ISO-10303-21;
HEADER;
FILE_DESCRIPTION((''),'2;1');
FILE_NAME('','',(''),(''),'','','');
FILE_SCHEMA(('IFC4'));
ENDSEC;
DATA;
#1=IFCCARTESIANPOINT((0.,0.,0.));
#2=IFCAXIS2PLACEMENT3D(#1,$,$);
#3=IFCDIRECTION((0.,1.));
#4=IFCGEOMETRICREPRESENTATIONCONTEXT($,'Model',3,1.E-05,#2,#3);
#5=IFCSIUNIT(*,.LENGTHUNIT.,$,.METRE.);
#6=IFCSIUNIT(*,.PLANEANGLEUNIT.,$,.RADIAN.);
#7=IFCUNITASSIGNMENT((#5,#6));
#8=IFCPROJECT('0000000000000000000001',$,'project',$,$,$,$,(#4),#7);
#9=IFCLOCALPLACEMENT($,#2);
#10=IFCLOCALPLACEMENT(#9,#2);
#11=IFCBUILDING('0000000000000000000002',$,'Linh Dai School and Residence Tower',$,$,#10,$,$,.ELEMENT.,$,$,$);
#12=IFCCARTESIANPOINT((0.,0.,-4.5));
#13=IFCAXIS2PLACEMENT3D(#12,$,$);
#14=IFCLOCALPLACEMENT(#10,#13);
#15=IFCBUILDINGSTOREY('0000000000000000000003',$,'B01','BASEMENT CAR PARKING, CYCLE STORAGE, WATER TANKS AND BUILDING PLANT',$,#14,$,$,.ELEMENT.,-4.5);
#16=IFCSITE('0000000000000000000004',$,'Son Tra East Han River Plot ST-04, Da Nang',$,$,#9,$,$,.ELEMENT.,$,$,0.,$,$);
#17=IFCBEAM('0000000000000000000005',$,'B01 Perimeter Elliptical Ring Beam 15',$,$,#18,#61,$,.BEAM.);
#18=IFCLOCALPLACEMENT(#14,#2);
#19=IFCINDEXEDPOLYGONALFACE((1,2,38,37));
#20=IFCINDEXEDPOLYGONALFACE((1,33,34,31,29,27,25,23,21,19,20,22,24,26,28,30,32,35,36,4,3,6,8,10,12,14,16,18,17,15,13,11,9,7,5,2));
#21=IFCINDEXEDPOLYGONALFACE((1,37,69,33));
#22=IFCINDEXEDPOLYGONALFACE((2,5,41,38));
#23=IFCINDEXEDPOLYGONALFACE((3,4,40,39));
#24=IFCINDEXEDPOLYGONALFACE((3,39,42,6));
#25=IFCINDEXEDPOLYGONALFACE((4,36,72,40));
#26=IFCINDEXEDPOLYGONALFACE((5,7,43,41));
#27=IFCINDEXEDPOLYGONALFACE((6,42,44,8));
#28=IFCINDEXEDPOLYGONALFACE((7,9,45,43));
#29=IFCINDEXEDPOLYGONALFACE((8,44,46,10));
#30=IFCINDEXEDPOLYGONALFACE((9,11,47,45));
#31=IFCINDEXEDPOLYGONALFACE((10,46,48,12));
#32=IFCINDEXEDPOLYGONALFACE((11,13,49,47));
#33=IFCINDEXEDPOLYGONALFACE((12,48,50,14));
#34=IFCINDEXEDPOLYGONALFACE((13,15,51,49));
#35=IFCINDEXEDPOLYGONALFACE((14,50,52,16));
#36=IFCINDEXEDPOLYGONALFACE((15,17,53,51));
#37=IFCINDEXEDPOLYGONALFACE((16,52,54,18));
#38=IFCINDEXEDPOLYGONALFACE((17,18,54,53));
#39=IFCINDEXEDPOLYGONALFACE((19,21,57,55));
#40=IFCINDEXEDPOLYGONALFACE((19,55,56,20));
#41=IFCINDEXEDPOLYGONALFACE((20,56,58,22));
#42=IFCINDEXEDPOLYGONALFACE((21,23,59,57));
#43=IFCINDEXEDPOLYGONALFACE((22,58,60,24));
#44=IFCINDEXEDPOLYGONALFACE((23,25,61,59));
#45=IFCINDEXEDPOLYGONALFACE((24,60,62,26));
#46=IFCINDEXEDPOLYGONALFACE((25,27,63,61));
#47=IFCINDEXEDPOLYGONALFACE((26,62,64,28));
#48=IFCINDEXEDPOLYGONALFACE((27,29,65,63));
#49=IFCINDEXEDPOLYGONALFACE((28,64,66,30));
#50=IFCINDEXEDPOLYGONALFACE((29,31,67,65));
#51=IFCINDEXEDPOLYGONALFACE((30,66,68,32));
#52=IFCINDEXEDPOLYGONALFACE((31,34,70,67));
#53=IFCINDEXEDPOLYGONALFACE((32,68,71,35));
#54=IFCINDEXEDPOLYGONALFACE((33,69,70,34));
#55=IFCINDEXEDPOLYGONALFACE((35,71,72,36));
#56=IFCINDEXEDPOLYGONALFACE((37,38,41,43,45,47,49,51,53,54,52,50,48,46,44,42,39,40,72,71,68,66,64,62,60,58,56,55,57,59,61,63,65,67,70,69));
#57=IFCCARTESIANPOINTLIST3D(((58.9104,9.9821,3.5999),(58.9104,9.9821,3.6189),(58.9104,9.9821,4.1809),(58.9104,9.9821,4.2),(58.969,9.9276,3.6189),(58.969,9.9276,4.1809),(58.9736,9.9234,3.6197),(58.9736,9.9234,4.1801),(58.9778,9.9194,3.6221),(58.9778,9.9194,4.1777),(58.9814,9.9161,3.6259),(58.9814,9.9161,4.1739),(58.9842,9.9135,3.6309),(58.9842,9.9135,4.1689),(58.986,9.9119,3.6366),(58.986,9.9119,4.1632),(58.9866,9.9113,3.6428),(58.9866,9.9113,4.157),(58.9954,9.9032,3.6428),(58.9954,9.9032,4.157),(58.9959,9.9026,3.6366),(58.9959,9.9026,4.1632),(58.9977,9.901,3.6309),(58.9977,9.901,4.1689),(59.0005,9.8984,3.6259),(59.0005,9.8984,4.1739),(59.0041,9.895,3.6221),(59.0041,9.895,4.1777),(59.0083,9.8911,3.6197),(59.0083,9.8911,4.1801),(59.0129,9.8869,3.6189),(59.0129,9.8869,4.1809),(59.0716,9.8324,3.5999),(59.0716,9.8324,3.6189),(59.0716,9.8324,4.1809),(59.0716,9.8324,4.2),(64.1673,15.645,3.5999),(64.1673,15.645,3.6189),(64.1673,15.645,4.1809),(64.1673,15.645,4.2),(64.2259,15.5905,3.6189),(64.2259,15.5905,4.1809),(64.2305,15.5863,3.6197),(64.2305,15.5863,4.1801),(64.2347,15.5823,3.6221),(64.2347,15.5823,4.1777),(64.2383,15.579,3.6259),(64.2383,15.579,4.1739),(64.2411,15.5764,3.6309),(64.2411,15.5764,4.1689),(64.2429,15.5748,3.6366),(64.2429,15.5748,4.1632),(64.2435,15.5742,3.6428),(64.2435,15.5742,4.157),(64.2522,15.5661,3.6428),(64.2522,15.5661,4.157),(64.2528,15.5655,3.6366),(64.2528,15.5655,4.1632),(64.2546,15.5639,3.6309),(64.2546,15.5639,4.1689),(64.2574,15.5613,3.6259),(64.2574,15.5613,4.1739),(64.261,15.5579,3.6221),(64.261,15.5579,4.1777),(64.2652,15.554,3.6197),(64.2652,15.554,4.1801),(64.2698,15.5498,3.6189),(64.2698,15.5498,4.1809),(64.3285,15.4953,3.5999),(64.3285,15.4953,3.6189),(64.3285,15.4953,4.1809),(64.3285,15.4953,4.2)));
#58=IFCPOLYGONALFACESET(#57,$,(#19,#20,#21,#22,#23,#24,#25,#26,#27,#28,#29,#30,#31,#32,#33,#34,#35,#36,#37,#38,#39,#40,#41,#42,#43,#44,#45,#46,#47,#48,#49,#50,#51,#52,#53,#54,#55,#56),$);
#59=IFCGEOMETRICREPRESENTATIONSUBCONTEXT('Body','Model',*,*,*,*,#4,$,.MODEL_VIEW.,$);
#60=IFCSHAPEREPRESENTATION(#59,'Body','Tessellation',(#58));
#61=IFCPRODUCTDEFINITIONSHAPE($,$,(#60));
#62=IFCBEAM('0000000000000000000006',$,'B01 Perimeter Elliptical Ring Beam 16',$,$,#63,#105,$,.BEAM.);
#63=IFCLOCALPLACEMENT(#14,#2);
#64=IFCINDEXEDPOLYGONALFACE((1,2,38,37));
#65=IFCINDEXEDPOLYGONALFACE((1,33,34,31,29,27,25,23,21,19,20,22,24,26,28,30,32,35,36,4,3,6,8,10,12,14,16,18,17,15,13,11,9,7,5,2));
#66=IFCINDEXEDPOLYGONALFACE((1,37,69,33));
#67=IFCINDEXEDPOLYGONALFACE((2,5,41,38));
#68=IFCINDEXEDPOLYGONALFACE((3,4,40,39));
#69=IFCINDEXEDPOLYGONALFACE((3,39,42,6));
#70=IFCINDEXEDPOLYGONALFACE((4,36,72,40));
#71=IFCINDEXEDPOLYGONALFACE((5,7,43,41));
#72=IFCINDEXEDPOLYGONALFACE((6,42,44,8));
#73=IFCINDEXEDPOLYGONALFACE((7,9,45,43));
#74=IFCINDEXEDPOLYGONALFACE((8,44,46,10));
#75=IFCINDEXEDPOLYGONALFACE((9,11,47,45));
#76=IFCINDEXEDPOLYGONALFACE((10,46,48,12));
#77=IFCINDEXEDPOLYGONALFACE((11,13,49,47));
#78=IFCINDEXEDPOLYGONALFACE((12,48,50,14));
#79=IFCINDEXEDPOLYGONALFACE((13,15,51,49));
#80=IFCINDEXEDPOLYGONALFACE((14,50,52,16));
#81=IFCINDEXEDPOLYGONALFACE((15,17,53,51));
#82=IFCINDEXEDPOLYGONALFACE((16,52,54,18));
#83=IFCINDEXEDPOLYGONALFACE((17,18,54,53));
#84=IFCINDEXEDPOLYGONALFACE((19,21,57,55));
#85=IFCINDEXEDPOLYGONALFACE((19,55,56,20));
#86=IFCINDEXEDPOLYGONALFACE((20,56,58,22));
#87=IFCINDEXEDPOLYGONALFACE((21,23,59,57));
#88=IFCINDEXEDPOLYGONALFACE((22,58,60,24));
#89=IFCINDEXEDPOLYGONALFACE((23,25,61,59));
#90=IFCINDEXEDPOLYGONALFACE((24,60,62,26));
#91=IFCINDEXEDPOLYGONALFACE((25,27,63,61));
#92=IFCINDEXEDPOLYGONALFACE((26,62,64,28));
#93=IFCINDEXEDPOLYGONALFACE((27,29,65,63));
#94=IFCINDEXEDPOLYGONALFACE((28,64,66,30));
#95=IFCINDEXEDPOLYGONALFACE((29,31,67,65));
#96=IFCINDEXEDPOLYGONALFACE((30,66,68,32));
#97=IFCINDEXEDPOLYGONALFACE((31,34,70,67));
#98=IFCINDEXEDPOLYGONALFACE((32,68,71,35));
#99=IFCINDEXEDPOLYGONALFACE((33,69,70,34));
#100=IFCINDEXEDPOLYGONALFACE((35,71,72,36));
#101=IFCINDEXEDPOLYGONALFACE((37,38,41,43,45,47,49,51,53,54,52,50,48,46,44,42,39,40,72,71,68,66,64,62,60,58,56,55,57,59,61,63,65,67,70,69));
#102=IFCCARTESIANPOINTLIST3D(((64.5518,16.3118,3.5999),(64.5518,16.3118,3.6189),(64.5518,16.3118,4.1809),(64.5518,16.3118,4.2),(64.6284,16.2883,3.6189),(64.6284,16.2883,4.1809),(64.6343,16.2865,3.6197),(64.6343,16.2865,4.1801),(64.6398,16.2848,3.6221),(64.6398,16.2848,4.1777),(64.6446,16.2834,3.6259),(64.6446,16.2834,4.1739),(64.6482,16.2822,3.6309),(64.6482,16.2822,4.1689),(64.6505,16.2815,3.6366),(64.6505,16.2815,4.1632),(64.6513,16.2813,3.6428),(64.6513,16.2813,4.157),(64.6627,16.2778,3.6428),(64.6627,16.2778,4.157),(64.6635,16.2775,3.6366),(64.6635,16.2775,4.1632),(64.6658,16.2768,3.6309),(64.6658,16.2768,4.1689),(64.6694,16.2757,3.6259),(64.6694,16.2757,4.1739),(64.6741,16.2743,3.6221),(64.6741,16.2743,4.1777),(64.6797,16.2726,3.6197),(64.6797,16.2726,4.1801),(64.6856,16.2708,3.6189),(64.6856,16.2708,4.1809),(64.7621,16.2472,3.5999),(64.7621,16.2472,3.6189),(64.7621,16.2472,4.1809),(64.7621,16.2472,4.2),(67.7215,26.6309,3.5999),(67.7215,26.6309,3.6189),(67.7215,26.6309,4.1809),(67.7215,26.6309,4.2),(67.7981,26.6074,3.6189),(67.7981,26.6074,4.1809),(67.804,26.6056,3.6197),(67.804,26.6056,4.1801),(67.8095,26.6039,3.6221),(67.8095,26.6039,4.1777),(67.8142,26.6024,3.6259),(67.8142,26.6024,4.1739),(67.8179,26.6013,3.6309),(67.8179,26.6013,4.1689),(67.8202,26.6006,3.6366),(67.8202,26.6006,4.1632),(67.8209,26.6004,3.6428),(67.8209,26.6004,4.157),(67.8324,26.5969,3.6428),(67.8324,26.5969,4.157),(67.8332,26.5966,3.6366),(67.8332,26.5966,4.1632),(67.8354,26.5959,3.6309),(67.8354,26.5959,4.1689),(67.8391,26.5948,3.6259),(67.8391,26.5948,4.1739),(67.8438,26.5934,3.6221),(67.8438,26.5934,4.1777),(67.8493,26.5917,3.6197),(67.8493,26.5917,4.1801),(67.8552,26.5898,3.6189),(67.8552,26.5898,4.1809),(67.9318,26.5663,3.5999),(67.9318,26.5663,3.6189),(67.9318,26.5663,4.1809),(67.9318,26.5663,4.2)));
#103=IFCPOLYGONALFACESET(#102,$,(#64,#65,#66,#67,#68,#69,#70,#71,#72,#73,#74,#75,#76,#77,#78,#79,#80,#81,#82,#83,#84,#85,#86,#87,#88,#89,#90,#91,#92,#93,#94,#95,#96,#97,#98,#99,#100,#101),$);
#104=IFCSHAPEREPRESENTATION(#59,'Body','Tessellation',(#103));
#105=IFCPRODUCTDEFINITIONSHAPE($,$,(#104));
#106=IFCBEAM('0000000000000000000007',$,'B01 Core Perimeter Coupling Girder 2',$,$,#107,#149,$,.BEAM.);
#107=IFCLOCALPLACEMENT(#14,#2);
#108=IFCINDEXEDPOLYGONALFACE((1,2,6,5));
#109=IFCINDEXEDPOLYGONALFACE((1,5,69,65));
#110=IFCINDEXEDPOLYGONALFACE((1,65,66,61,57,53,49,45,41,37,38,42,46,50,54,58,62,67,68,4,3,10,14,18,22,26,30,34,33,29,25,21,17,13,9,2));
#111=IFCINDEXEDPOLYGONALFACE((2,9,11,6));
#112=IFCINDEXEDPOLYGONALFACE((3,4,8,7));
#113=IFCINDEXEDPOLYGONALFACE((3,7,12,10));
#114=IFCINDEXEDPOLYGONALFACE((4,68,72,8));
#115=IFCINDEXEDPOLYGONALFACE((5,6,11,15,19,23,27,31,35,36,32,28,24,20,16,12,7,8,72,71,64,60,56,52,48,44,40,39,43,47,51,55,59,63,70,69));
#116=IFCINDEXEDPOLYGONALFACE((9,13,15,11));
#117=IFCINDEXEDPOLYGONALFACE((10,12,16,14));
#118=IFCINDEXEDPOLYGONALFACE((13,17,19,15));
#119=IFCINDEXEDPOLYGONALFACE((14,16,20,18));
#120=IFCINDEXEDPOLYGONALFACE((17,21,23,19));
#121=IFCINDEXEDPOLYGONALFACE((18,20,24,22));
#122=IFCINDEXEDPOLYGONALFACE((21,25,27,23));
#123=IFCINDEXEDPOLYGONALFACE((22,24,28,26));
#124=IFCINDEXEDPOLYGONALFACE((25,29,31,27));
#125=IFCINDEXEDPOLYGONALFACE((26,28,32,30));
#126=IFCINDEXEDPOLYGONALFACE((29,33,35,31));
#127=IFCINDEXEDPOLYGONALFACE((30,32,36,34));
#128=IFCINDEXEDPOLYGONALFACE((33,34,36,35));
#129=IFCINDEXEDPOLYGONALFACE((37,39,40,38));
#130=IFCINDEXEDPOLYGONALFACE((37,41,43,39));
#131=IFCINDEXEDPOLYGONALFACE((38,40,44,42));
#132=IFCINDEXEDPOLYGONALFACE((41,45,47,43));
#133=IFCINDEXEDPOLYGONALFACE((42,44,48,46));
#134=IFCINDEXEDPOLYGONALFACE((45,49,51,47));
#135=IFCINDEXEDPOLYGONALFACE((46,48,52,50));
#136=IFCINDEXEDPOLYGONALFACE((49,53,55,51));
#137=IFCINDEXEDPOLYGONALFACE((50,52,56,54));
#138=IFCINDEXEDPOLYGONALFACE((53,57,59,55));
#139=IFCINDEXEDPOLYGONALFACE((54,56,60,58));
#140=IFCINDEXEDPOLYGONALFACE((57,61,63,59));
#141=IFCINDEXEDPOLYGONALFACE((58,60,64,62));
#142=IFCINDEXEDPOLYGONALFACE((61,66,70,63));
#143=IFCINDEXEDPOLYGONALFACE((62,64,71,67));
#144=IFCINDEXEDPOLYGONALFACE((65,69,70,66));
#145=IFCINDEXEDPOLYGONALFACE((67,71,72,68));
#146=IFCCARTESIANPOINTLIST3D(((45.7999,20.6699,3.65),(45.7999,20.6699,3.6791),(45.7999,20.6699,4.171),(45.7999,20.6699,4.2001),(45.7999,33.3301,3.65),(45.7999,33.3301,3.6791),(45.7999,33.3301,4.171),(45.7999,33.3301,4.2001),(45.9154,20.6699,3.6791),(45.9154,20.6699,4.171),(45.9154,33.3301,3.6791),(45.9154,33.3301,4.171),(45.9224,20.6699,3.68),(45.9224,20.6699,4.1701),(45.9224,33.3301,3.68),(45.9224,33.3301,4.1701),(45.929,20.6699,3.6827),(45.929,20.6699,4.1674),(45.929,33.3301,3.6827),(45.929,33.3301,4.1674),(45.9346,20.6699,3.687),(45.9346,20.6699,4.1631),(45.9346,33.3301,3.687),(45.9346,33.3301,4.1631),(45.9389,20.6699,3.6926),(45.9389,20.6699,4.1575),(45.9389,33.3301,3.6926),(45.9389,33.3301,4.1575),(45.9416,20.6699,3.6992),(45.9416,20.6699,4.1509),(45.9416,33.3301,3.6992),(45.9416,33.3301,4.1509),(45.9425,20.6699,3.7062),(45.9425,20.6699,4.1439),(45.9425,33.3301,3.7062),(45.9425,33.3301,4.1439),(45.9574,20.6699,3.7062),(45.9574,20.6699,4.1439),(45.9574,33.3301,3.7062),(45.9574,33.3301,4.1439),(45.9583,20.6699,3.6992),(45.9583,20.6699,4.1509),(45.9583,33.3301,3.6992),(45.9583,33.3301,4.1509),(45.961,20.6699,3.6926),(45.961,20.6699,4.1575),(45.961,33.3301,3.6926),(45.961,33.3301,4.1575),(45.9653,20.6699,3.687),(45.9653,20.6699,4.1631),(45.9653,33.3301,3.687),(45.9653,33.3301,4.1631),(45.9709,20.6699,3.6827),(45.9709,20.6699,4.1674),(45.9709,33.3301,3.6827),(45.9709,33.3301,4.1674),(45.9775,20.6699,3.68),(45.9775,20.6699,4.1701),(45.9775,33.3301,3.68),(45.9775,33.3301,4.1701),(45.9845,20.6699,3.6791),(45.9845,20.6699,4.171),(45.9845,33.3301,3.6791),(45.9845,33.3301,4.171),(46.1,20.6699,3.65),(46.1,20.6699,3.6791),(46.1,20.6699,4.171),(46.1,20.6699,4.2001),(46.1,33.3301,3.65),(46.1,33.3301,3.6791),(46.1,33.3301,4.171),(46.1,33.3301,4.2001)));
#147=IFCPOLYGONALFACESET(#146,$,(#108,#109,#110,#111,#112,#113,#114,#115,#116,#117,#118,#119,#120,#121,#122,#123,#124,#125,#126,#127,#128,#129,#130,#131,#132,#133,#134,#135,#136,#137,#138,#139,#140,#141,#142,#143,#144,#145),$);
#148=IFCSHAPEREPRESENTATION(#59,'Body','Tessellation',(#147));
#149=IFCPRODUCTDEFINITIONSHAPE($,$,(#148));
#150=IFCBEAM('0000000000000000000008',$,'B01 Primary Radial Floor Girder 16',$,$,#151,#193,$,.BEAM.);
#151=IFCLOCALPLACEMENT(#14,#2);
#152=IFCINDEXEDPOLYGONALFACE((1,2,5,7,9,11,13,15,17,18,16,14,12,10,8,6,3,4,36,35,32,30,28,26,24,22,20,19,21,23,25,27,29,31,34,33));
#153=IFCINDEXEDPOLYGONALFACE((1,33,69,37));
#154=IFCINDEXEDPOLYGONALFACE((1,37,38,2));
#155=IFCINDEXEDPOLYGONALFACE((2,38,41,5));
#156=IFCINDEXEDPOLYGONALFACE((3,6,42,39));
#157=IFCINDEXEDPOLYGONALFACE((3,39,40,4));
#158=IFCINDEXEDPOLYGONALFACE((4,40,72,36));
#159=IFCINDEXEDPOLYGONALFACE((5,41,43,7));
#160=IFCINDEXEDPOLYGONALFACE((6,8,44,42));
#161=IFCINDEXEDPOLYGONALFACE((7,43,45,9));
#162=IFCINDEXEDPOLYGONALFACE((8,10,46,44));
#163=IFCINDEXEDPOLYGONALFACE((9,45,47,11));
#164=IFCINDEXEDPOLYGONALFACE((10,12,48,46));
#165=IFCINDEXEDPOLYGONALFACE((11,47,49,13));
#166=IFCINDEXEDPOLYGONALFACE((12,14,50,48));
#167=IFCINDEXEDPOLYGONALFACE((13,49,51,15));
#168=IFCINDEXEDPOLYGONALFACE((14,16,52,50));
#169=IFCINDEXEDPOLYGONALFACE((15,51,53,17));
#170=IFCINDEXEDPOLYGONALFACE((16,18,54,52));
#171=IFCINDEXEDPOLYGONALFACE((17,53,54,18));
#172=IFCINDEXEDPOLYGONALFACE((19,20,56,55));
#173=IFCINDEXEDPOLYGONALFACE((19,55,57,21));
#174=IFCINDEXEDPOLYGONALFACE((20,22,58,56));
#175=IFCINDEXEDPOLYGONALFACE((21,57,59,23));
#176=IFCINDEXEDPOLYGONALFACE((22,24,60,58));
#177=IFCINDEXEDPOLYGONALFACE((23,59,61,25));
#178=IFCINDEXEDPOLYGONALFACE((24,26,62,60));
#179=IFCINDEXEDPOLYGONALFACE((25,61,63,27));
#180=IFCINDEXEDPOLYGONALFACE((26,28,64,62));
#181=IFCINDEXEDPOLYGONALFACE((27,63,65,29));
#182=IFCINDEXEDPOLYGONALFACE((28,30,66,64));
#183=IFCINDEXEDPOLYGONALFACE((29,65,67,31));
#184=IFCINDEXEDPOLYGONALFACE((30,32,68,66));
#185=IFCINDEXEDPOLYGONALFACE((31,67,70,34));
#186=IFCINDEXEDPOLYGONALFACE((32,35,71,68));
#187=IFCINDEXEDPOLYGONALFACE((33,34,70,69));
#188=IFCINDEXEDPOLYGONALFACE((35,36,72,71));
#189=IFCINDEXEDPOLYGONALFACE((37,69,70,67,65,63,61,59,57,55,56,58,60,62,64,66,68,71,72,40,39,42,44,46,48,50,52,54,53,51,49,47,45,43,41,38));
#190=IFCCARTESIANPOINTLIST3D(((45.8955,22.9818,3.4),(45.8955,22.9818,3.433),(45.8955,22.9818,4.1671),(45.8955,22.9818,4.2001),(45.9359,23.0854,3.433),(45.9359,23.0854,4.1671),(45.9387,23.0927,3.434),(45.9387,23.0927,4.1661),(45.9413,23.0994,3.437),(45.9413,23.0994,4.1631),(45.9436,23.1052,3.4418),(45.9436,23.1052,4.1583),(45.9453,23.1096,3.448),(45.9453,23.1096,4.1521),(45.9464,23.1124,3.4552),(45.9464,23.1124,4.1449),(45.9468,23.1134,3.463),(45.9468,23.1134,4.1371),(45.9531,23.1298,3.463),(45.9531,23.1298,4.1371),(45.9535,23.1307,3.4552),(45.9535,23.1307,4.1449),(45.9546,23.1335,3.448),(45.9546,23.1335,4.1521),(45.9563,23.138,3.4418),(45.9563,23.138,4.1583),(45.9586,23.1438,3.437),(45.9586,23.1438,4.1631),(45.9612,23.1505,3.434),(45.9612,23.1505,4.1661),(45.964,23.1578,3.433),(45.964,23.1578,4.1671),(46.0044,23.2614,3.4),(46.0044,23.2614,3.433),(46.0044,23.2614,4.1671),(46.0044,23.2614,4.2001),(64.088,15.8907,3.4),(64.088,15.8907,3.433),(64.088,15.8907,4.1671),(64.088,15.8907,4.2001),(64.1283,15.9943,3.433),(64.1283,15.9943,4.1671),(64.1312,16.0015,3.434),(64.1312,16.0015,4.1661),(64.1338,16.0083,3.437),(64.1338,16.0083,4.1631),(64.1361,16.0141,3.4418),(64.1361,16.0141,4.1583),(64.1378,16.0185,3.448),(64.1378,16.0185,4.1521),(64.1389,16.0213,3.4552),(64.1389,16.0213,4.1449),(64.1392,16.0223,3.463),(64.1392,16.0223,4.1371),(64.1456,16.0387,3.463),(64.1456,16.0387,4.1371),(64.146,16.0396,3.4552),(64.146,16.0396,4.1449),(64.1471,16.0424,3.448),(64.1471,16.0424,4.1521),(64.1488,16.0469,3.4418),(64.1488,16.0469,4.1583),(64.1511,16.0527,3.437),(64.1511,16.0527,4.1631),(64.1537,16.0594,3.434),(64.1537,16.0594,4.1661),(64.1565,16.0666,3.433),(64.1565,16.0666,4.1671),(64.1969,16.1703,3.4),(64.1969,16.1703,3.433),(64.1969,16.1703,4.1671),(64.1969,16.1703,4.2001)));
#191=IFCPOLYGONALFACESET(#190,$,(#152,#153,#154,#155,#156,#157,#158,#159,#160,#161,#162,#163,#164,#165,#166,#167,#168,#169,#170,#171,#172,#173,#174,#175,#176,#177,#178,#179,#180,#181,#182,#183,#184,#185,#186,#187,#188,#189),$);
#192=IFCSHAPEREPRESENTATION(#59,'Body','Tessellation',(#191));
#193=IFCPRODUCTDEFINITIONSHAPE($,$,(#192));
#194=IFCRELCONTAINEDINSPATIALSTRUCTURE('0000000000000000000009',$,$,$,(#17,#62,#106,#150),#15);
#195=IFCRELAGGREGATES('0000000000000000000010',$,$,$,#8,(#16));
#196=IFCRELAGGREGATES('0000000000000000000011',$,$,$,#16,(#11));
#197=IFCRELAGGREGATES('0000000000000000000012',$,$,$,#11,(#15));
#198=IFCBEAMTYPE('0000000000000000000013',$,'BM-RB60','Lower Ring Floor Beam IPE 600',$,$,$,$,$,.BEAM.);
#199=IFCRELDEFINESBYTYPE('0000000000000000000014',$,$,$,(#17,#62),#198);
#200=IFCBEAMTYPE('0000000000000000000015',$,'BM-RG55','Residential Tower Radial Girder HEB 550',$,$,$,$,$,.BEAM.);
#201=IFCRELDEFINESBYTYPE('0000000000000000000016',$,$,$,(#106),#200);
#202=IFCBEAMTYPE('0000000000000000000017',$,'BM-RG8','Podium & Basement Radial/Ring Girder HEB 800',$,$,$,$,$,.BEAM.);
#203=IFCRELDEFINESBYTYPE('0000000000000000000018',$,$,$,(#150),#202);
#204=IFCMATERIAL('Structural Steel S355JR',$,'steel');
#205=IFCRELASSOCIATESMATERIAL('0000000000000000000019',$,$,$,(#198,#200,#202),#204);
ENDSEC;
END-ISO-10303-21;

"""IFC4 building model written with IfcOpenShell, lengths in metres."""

from ifc_helpers import new_model, si_unit, direction, frame, origin, origin_2d, place, context, subcontext, project, spatial, i_section, extrude, material, material_profile, profile_set, type_object, element, save


model = new_model("IFC4")

# Units and contexts
model_context = context("Model", 3, precision=1e-05, world=origin(), true_north=direction((0.0, 1.0)))
body_context = subcontext(model_context, "Body", "Model", "MODEL_VIEW")
ifc_project = project(units=[si_unit("LENGTHUNIT", "METRE"), si_unit("PLANEANGLEUNIT", "RADIAN")], contexts=[model_context])

# Site, building, storey
site_placement = place(None, origin())
site = spatial("IfcSite", under=ifc_project, at=site_placement, Name="Son Tra East Han River Plot ST-04, Da Nang", CompositionType="ELEMENT", RefElevation=0.0)
building_placement = place(site_placement, origin())
building = spatial("IfcBuilding", under=site, at=building_placement, Name="Linh Dai School and Residence Tower", CompositionType="ELEMENT")
storey_placement = place(building_placement, frame((0.0, 0.0, -4.5)))
storey = spatial("IfcBuildingStorey", under=building, at=storey_placement, Name="B01", Description="BASEMENT CAR PARKING, CYCLE STORAGE, WATER TANKS AND BUILDING PLANT", CompositionType="ELEMENT", Elevation=-4.5)

# Shared definitions
ifc_material_1 = material(Name="Structural Steel S355JR", Category="steel")

# Beams
ifc_material_profile_1 = material_profile(ifc_material_1, i_section(OverallWidth=0.22, OverallDepth=0.6001, WebThickness=0.012, FlangeThickness=0.019, FilletRadius=0.0239, at=origin_2d()), Name="IPE 600")
ifc_profile_set_1 = profile_set([ifc_material_profile_1], Name="Structural Steel S355JR")
beam_type_1 = type_object("IfcBeamType", Name="BM-RB60", Description="Lower Ring Floor Beam IPE 600", PredefinedType="BEAM", material=ifc_profile_set_1)
beam_1_placement = place(storey_placement, frame((58.991, 9.9072, 3.8999), z_axis=(0.680346, 0.732891, 0.0), x_axis=(-0.732891, 0.680346, 0.0)))
element("IfcBeam", 1, at=beam_1_placement, inside=storey, type_object=beam_type_1, Name="B01 Perimeter Elliptical Ring Beam 15", PredefinedType="BEAM", context=body_context, shape_type="SweptSolid", body=[
    extrude(i_section(OverallWidth=0.22, OverallDepth=0.6001, WebThickness=0.012, FlangeThickness=0.019, FilletRadius=0.0239, at=origin_2d()), origin(), (0.0, 0.0, 1.0), 7.7268),
])
beam_2_placement = place(storey_placement, frame((64.657, 16.2795, 3.8999), z_axis=(0.293627, 0.95592, 0.0), x_axis=(-0.95592, 0.293627, 0.0)))
element("IfcBeam", 2, at=beam_2_placement, inside=storey, type_object=beam_type_1, Name="B01 Perimeter Elliptical Ring Beam 16", PredefinedType="BEAM", context=body_context, shape_type="SweptSolid", body=[
    extrude(i_section(OverallWidth=0.22, OverallDepth=0.6001, WebThickness=0.012, FlangeThickness=0.019, FilletRadius=0.0239, at=origin_2d()), origin(), (0.0, 0.0, 1.0), 10.7949),
])
ifc_material_profile_2 = material_profile(ifc_material_1, i_section(OverallWidth=0.3, OverallDepth=0.55, WebThickness=0.0149, FlangeThickness=0.0291, FilletRadius=0.0271, at=origin_2d()), Name="HEB 550")
ifc_profile_set_2 = profile_set([ifc_material_profile_2], Name="Structural Steel S355JR")
beam_type_2 = type_object("IfcBeamType", Name="BM-RG55", Description="Residential Tower Radial Girder HEB 550", PredefinedType="BEAM", material=ifc_profile_set_2)
beam_3_placement = place(storey_placement, frame((45.95, 20.6699, 3.925), z_axis=(0.0, 1.0, 0.0), x_axis=(-1.0, 0.0, 0.0)))
element("IfcBeam", 3, at=beam_3_placement, inside=storey, type_object=beam_type_2, Name="B01 Core Perimeter Coupling Girder 2", PredefinedType="BEAM", context=body_context, shape_type="SweptSolid", body=[
    extrude(i_section(OverallWidth=0.3, OverallDepth=0.55, WebThickness=0.0149, FlangeThickness=0.0291, FilletRadius=0.0271, at=origin_2d()), origin(), (0.0, 0.0, 1.0), 12.6602),
])
ifc_material_profile_3 = material_profile(ifc_material_1, i_section(OverallWidth=0.3, OverallDepth=0.8, WebThickness=0.0176, FlangeThickness=0.033, FilletRadius=0.03, at=origin_2d()), Name="HEB 800")
ifc_profile_set_3 = profile_set([ifc_material_profile_3], Name="Structural Steel S355JR")
beam_type_3 = type_object("IfcBeamType", Name="BM-RG8", Description="Podium & Basement Radial/Ring Girder HEB 800", PredefinedType="BEAM", material=ifc_profile_set_3)
beam_4_placement = place(storey_placement, frame((45.95, 23.1216, 3.8), z_axis=(0.931723, -0.363169, 0.0), x_axis=(0.363169, 0.931723, 0.0)))
element("IfcBeam", 4, at=beam_4_placement, inside=storey, type_object=beam_type_3, Name="B01 Primary Radial Floor Girder 16", PredefinedType="BEAM", context=body_context, shape_type="SweptSolid", body=[
    extrude(i_section(OverallWidth=0.3, OverallDepth=0.8, WebThickness=0.0176, FlangeThickness=0.033, FilletRadius=0.03, at=origin_2d()), origin(), (0.0, 0.0, 1.0), 19.5256),
])

save(model, "model.ifc")
